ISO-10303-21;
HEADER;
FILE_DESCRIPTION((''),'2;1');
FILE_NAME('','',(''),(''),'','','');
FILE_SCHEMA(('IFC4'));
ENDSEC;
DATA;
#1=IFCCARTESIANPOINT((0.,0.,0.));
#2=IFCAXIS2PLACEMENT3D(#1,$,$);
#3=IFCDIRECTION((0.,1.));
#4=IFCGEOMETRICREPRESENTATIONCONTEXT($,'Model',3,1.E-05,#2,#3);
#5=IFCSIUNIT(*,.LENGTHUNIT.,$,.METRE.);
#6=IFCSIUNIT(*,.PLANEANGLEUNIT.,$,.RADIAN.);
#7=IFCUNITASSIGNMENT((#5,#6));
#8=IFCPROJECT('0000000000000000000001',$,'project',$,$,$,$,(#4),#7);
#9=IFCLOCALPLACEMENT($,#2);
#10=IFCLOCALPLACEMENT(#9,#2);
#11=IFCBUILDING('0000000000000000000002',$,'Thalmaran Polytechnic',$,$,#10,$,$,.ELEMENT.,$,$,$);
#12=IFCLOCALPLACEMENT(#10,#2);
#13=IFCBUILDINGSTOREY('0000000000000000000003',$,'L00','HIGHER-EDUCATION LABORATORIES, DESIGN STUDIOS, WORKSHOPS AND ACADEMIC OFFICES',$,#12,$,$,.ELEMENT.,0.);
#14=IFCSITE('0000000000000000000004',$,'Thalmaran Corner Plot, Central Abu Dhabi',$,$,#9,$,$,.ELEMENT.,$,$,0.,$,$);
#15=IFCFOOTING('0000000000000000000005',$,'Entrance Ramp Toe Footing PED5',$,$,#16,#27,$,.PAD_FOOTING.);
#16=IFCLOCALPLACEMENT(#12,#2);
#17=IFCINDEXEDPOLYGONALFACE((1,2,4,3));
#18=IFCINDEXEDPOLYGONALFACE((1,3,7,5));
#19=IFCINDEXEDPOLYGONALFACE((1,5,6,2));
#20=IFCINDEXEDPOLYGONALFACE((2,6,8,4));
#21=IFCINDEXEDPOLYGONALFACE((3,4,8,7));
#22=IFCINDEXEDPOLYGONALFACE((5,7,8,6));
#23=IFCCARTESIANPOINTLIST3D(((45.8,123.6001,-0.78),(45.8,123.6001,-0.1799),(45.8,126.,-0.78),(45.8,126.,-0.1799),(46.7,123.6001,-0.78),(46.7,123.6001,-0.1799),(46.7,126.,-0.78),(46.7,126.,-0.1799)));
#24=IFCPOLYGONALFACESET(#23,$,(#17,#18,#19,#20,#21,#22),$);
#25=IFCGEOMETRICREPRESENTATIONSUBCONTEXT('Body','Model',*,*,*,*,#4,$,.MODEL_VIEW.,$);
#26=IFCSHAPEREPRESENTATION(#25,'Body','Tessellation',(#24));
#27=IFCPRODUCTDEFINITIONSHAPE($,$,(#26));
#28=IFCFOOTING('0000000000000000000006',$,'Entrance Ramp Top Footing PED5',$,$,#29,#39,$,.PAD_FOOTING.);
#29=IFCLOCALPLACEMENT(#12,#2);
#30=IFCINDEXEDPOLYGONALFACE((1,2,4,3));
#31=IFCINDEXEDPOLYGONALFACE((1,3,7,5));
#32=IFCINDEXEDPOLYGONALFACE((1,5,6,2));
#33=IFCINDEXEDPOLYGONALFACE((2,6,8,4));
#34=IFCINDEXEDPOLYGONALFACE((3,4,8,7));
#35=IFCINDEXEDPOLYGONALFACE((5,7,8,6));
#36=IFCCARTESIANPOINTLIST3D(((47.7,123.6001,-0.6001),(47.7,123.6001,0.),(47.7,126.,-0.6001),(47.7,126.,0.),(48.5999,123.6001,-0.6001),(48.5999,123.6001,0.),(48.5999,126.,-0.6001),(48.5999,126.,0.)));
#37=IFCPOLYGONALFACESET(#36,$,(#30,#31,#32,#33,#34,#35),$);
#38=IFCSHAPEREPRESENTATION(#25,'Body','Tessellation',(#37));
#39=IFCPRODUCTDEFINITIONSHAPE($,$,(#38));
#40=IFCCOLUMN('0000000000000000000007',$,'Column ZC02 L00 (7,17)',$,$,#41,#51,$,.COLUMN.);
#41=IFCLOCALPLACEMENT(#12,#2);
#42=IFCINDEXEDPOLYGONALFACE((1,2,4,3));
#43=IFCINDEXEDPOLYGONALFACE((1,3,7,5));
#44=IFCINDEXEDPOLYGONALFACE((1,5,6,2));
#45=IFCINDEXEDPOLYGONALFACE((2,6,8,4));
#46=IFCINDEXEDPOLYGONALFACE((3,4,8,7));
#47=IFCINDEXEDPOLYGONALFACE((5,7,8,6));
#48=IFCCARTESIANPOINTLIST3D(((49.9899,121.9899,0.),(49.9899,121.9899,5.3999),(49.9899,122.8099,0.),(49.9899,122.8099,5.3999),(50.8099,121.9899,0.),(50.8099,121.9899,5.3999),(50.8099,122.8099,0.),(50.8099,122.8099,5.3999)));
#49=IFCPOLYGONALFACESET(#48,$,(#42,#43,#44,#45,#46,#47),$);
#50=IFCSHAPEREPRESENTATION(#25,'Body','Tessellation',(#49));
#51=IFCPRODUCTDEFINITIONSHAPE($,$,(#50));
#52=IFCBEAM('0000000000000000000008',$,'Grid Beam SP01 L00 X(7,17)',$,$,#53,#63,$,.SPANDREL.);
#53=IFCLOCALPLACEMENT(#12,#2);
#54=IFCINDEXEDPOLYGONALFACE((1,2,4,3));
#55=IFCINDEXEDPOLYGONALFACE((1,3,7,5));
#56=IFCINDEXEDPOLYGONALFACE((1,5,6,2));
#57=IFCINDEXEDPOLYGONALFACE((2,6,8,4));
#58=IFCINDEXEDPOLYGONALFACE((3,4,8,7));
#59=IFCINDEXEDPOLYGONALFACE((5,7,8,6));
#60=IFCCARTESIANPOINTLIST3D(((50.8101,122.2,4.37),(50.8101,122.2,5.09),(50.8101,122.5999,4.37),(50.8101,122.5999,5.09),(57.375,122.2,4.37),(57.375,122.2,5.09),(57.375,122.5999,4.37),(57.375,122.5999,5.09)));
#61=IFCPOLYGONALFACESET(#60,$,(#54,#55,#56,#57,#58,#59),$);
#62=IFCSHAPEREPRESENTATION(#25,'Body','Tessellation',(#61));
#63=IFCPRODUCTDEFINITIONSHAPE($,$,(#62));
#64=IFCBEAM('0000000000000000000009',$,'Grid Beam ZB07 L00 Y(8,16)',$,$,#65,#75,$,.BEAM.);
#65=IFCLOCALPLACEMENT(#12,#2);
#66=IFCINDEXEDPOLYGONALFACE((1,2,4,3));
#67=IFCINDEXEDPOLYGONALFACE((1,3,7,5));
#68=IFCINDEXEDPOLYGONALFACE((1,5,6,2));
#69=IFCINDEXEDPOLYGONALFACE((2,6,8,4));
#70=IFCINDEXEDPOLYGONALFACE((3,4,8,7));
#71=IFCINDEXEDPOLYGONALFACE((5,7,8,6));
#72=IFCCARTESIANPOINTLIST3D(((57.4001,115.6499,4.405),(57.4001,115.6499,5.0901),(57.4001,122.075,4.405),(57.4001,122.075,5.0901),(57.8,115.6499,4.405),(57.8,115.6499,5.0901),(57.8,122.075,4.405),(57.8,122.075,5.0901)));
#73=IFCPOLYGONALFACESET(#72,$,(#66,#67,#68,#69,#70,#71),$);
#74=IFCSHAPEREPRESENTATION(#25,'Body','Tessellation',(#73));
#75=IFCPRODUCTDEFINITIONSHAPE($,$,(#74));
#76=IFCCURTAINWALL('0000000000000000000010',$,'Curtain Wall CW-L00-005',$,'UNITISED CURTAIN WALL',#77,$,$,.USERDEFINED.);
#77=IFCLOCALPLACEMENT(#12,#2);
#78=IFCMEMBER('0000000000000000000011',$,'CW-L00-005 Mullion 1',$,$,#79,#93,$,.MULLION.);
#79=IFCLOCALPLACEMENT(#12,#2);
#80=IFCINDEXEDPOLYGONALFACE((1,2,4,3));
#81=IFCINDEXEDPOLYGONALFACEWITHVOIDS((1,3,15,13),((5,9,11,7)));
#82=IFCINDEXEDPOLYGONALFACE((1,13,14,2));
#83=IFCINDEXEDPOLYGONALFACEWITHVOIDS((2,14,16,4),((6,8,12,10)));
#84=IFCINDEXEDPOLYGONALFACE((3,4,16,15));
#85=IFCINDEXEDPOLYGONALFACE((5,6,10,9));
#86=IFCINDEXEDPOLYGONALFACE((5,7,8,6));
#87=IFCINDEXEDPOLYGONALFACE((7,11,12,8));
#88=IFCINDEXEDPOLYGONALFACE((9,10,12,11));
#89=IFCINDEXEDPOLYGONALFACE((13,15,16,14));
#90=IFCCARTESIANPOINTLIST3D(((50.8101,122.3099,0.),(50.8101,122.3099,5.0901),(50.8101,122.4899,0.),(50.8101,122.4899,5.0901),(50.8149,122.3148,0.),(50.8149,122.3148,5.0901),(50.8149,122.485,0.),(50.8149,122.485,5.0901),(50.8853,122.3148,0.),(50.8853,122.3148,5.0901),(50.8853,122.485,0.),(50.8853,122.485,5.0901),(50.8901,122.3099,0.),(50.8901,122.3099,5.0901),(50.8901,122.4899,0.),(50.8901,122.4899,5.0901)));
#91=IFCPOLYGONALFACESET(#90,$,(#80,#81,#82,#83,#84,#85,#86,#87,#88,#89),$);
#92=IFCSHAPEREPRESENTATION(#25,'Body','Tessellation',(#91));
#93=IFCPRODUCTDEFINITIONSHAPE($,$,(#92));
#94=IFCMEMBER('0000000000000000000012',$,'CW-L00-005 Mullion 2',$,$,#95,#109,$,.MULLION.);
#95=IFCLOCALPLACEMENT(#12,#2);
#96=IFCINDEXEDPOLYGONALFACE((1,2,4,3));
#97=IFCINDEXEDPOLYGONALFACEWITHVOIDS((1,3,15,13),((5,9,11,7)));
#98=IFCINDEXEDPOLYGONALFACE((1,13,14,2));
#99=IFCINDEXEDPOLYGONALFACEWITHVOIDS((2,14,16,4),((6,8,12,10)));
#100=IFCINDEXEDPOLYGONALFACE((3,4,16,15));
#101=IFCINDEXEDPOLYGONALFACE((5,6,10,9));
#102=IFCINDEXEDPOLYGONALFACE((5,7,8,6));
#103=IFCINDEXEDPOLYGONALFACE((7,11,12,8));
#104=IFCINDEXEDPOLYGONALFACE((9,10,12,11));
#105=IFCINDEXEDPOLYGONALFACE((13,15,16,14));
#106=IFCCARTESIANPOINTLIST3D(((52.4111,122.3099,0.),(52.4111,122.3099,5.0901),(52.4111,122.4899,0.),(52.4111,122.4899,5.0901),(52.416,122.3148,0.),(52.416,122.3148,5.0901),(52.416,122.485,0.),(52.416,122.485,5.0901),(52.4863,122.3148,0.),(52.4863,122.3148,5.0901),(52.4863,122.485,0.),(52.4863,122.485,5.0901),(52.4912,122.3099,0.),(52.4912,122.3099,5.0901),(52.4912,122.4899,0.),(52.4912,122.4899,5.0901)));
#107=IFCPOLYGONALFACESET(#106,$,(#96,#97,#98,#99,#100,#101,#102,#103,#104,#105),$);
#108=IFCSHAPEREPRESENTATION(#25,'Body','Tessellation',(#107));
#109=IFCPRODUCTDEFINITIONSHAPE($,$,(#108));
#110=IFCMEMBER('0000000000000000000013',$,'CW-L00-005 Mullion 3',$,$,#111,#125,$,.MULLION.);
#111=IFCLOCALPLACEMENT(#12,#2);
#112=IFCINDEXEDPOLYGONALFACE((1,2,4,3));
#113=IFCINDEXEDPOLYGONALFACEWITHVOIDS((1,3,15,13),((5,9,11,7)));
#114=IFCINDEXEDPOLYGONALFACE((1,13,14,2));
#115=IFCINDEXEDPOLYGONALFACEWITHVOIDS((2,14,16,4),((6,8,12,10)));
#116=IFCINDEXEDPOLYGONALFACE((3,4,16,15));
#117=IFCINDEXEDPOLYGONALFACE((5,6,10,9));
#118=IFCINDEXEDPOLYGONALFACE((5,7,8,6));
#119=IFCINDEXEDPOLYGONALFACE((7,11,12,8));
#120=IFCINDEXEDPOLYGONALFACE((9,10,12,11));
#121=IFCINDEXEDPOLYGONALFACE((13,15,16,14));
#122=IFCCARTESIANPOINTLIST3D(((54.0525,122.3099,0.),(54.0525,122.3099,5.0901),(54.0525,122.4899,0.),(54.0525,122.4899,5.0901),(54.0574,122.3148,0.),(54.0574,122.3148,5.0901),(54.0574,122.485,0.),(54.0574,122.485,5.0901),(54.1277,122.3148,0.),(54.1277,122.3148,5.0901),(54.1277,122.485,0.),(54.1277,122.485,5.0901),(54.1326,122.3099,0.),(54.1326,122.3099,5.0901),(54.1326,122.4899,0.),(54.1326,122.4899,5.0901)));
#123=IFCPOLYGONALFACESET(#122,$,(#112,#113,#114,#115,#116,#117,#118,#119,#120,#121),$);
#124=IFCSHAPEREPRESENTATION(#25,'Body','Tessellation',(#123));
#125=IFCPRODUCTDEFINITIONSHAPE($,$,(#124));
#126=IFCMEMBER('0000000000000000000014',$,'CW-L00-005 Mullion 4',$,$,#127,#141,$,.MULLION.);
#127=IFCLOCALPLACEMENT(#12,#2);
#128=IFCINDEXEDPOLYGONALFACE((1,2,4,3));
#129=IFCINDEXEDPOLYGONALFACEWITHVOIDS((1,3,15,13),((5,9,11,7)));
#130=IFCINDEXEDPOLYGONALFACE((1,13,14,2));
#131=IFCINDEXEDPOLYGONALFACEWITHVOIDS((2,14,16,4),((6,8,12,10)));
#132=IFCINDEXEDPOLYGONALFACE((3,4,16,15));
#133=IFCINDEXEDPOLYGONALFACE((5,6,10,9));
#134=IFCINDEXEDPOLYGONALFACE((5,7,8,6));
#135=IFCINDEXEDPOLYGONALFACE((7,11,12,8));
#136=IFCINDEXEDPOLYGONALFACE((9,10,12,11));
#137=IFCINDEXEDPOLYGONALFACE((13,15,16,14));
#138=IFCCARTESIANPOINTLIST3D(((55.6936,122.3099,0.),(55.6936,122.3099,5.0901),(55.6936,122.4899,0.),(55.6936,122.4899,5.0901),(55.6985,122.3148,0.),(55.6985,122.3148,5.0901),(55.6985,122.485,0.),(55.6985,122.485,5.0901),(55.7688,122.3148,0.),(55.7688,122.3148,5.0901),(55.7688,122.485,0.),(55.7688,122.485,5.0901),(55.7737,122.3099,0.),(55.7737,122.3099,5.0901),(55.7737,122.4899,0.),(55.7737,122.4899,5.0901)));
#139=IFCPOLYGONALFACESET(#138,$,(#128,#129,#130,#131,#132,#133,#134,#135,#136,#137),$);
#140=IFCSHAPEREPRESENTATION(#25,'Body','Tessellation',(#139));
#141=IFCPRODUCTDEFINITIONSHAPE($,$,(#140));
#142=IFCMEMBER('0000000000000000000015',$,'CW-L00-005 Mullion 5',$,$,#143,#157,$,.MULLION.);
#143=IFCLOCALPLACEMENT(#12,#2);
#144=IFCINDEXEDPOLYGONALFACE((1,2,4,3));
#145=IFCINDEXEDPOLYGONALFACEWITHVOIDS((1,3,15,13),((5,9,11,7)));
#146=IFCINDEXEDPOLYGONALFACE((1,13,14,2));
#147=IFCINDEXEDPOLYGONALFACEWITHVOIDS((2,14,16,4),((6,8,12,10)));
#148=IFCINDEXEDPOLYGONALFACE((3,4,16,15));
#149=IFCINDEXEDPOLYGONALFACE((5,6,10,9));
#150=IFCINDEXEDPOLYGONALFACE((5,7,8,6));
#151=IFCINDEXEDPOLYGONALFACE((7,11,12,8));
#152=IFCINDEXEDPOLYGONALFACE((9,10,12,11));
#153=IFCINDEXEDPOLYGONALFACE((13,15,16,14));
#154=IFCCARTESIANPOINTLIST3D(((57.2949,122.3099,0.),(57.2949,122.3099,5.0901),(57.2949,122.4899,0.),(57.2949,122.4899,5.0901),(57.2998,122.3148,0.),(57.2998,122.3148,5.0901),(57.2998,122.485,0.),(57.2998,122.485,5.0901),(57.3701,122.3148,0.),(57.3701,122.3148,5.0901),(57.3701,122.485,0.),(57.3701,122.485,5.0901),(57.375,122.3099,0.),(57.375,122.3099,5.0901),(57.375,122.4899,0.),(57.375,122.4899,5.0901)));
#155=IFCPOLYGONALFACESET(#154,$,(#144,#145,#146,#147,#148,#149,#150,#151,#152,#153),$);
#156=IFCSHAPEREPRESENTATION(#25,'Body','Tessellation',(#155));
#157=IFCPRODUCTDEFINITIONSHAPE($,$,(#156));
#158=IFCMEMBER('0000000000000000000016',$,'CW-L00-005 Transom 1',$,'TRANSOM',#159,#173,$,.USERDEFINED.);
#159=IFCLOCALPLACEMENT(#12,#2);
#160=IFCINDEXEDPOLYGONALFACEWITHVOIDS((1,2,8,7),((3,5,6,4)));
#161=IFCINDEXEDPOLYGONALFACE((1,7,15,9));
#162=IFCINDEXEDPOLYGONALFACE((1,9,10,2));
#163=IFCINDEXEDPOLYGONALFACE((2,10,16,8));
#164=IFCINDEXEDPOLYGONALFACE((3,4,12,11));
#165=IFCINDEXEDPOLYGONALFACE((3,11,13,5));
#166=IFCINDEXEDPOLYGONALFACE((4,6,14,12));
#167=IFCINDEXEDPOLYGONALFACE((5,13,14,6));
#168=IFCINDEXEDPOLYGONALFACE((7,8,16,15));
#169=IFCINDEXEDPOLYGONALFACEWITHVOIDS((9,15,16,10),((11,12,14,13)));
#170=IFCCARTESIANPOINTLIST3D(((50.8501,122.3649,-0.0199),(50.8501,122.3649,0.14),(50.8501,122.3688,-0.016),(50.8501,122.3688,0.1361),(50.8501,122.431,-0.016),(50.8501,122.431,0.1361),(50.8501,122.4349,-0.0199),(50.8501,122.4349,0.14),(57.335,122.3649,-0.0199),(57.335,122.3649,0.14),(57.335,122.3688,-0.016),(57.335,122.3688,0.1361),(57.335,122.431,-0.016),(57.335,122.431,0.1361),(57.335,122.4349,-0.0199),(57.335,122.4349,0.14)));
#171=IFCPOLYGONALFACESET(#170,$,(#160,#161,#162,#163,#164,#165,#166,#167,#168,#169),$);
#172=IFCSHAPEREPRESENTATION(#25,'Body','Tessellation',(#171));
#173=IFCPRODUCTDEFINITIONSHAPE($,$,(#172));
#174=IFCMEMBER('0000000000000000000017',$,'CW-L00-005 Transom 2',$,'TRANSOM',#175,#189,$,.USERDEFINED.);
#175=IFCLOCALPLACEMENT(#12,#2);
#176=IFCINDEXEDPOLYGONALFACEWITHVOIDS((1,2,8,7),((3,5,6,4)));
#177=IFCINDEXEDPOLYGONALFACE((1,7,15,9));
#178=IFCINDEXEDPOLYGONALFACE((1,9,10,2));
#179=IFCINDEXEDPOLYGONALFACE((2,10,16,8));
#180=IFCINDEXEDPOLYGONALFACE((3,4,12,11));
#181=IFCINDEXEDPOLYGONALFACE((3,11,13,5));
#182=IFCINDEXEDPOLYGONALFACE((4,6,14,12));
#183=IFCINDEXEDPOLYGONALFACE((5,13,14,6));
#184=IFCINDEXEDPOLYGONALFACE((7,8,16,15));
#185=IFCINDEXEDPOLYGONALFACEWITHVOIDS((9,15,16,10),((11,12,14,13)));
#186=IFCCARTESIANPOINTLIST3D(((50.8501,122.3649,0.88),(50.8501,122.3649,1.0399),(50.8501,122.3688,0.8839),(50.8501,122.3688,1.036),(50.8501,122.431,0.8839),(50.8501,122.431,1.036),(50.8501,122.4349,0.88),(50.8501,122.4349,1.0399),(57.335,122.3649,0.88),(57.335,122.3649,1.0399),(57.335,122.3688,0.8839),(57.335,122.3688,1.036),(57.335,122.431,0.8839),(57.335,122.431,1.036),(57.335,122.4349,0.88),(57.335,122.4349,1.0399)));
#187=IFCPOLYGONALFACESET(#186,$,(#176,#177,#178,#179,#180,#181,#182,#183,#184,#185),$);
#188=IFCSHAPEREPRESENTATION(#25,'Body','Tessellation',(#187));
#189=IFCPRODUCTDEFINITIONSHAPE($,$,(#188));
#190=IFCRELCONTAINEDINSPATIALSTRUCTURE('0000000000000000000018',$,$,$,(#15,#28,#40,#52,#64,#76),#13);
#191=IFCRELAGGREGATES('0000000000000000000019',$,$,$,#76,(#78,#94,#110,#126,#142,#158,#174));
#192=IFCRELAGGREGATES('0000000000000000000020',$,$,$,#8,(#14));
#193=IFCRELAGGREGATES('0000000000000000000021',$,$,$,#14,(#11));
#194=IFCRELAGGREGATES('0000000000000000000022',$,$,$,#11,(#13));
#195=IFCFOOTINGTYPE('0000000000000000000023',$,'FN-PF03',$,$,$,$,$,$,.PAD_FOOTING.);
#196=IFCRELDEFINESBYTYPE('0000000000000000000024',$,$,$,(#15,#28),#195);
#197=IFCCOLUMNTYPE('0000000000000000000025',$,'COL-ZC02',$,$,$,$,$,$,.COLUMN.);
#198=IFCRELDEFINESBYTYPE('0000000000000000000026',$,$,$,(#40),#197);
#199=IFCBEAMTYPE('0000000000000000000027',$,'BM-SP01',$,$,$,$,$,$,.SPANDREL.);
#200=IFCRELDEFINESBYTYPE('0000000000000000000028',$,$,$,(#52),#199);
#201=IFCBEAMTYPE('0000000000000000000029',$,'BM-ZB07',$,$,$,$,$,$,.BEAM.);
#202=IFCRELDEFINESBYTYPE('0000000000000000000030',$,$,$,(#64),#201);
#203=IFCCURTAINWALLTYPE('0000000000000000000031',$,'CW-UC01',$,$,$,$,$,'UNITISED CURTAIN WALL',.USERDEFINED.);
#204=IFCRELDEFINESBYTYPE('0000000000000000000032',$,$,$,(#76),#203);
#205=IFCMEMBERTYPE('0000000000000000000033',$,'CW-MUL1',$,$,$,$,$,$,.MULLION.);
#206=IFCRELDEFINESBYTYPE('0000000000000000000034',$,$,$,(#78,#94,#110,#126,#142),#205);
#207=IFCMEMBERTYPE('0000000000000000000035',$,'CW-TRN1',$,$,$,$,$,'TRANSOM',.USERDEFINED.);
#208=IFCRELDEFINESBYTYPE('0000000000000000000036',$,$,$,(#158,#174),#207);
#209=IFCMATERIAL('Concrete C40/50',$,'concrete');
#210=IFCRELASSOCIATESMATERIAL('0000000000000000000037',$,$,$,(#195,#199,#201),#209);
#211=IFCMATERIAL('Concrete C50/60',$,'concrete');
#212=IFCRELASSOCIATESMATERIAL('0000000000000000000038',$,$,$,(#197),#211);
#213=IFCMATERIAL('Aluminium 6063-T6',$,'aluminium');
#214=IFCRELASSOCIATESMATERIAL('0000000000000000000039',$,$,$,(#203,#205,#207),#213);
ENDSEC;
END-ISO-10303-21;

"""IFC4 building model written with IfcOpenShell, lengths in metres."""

from ifc_helpers import new_model, si_unit, direction, frame, origin, origin_2d, place, context, subcontext, project, spatial, rectangle, hollow_rectangle, extrude, material, material_profile, profile_set, type_object, element, aggregate, save


model = new_model("IFC4")

# Units and contexts
model_context = context("Model", 3, precision=1e-05, world=origin(), true_north=direction((0.0, 1.0)))
body_context = subcontext(model_context, "Body", "Model", "MODEL_VIEW")
ifc_project = project(units=[si_unit("LENGTHUNIT", "METRE"), si_unit("PLANEANGLEUNIT", "RADIAN")], contexts=[model_context])

# Site, building, storey
site_placement = place(None, origin())
site = spatial("IfcSite", under=ifc_project, at=site_placement, Name="Thalmaran Corner Plot, Central Abu Dhabi", CompositionType="ELEMENT", RefElevation=0.0)
building_placement = place(site_placement, origin())
building = spatial("IfcBuilding", under=site, at=building_placement, Name="Thalmaran Polytechnic", CompositionType="ELEMENT")
storey_placement = place(building_placement, origin())
storey = spatial("IfcBuildingStorey", under=building, at=storey_placement, Name="L00", Description="HIGHER-EDUCATION LABORATORIES, DESIGN STUDIOS, WORKSHOPS AND ACADEMIC OFFICES", CompositionType="ELEMENT", Elevation=0.0)

# Footings
ifc_material_1 = material(Name="Concrete C40/50", Category="concrete")
footing_type = type_object("IfcFootingType", Name="FN-PF03", PredefinedType="PAD_FOOTING", material=ifc_material_1)
for number, where, z_axis, x_axis, name in (
    (1, (46.25, 124.8, -0.78), (0.0, 0.0, 1.0), (1.0, 0.0, 0.0), "Entrance Ramp Toe Footing PED5"),
    (2, (48.1499, 124.8, -0.6001), (0.0, 0.0, 1.0), (1.0, 0.0, 0.0), "Entrance Ramp Top Footing PED5"),
):
    element("IfcFooting", number, at=place(storey_placement, frame(where, z_axis=z_axis, x_axis=x_axis)), inside=storey, type_object=footing_type, Name=name, PredefinedType="PAD_FOOTING", context=body_context, shape_type="SweptSolid", body=[
        extrude(rectangle(XDim=0.8999, YDim=2.3999, at=origin_2d()), origin(), (0.0, 0.0, 1.0), 0.6001),
    ])

# Column
ifc_material_2 = material(Name="Concrete C50/60", Category="concrete")
ifc_material_profile_1 = material_profile(ifc_material_2, rectangle(XDim=0.8201, YDim=0.8201, at=origin_2d()), Name="RC 820x820")
ifc_profile_set_1 = profile_set([ifc_material_profile_1], Name="Concrete C50/60")
column_type = type_object("IfcColumnType", Name="COL-ZC02", PredefinedType="COLUMN", material=ifc_profile_set_1)
column_placement = place(storey_placement, frame((50.3999, 122.3999, 0.0), z_axis=(0.0, 0.0, 1.0), x_axis=(1.0, 0.0, 0.0)))
element("IfcColumn", 3, at=column_placement, inside=storey, type_object=column_type, Name="Column ZC02 L00 (7,17)", PredefinedType="COLUMN", context=body_context, shape_type="SweptSolid", body=[
    extrude(rectangle(XDim=0.8201, YDim=0.8201, at=origin_2d()), origin(), (0.0, 0.0, 1.0), 5.3999),
])

# Beams
ifc_material_profile_2 = material_profile(ifc_material_1, rectangle(XDim=0.3999, YDim=0.72, at=origin_2d()), Name="RC 400x720")
ifc_profile_set_2 = profile_set([ifc_material_profile_2], Name="Concrete C40/50")
beam_type_1 = type_object("IfcBeamType", Name="BM-SP01", PredefinedType="SPANDREL", material=ifc_profile_set_2)
beam_1_placement = place(storey_placement, frame((50.8101, 122.3999, 4.73), z_axis=(1.0, 0.0, 0.0), x_axis=(0.0, 1.0, 0.0)))
element("IfcBeam", 4, at=beam_1_placement, inside=storey, type_object=beam_type_1, Name="Grid Beam SP01 L00 X(7,17)", PredefinedType="SPANDREL", context=body_context, shape_type="SweptSolid", body=[
    extrude(rectangle(XDim=0.3999, YDim=0.72, at=origin_2d()), origin(), (0.0, 0.0, 1.0), 6.5649),
])
ifc_material_profile_3 = material_profile(ifc_material_1, rectangle(XDim=0.3999, YDim=0.6851, at=origin_2d()), Name="RC 400x685")
ifc_profile_set_3 = profile_set([ifc_material_profile_3], Name="Concrete C40/50")
beam_type_2 = type_object("IfcBeamType", Name="BM-ZB07", PredefinedType="BEAM", material=ifc_profile_set_3)
beam_2_placement = place(storey_placement, frame((57.6001, 115.6499, 4.7476), z_axis=(0.0, 1.0, 0.0), x_axis=(-1.0, 0.0, 0.0)))
element("IfcBeam", 5, at=beam_2_placement, inside=storey, type_object=beam_type_2, Name="Grid Beam ZB07 L00 Y(8,16)", PredefinedType="BEAM", context=body_context, shape_type="SweptSolid", body=[
    extrude(rectangle(XDim=0.3999, YDim=0.6851, at=origin_2d()), origin(), (0.0, 0.0, 1.0), 6.425),
])

# Curtain wall, members
ifc_material_3 = material(Name="Aluminium 6063-T6", Category="aluminium")
curtain_wall_type = type_object("IfcCurtainWallType", Name="CW-UC01", ElementType="UNITISED CURTAIN WALL", PredefinedType="USERDEFINED", material=ifc_material_3)
curtain_wall_placement = place(storey_placement, origin())
curtain_wall = element("IfcCurtainWall", 6, at=curtain_wall_placement, inside=storey, type_object=curtain_wall_type, Name="Curtain Wall CW-L00-005", ObjectType="UNITISED CURTAIN WALL", PredefinedType="USERDEFINED")
ifc_material_profile_4 = material_profile(ifc_material_3, hollow_rectangle(XDim=0.0801, YDim=0.1799, WallThickness=0.0049, at=origin_2d()), Name="RHS 180x80x5.0")
ifc_profile_set_4 = profile_set([ifc_material_profile_4], Name="Aluminium 6063-T6")
member_type_1 = type_object("IfcMemberType", Name="CW-MUL1", PredefinedType="MULLION", material=ifc_profile_set_4)
member_1_placement = place(storey_placement, frame((50.8501, 122.3999, 0.0), z_axis=(0.0, 0.0, 1.0), x_axis=(1.0, 0.0, 0.0)))
member_1 = element("IfcMember", 7, at=member_1_placement, type_object=member_type_1, Name="CW-L00-005 Mullion 1", PredefinedType="MULLION", context=body_context, shape_type="SweptSolid", body=[
    extrude(hollow_rectangle(XDim=0.0801, YDim=0.1799, WallThickness=0.0049, at=origin_2d()), origin(), (0.0, 0.0, 1.0), 5.0901),
])
member_2_placement = place(storey_placement, frame((52.4512, 122.3999, 0.0), z_axis=(0.0, 0.0, 1.0), x_axis=(1.0, 0.0, 0.0)))
member_2 = element("IfcMember", 8, at=member_2_placement, type_object=member_type_1, Name="CW-L00-005 Mullion 2", PredefinedType="MULLION", context=body_context, shape_type="SweptSolid", body=[
    extrude(hollow_rectangle(XDim=0.0801, YDim=0.1799, WallThickness=0.0049, at=origin_2d()), origin(), (0.0, 0.0, 1.0), 5.0901),
])
member_3_placement = place(storey_placement, frame((54.0925, 122.3999, 0.0), z_axis=(0.0, 0.0, 1.0), x_axis=(1.0, 0.0, 0.0)))
member_3 = element("IfcMember", 9, at=member_3_placement, type_object=member_type_1, Name="CW-L00-005 Mullion 3", PredefinedType="MULLION", context=body_context, shape_type="SweptSolid", body=[
    extrude(hollow_rectangle(XDim=0.0801, YDim=0.1799, WallThickness=0.0049, at=origin_2d()), origin(), (0.0, 0.0, 1.0), 5.0901),
])
member_4_placement = place(storey_placement, frame((55.7336, 122.3999, 0.0), z_axis=(0.0, 0.0, 1.0), x_axis=(1.0, 0.0, 0.0)))
member_4 = element("IfcMember", 10, at=member_4_placement, type_object=member_type_1, Name="CW-L00-005 Mullion 4", PredefinedType="MULLION", context=body_context, shape_type="SweptSolid", body=[
    extrude(hollow_rectangle(XDim=0.0801, YDim=0.1799, WallThickness=0.0049, at=origin_2d()), origin(), (0.0, 0.0, 1.0), 5.0901),
])
member_5_placement = place(storey_placement, frame((57.335, 122.3999, 0.0), z_axis=(0.0, 0.0, 1.0), x_axis=(1.0, 0.0, 0.0)))
member_5 = element("IfcMember", 11, at=member_5_placement, type_object=member_type_1, Name="CW-L00-005 Mullion 5", PredefinedType="MULLION", context=body_context, shape_type="SweptSolid", body=[
    extrude(hollow_rectangle(XDim=0.0801, YDim=0.1799, WallThickness=0.0049, at=origin_2d()), origin(), (0.0, 0.0, 1.0), 5.0901),
])
ifc_material_profile_5 = material_profile(ifc_material_3, hollow_rectangle(XDim=0.0701, YDim=0.1599, WallThickness=0.0039, at=origin_2d()), Name="AL 160x70x4.0")
ifc_profile_set_5 = profile_set([ifc_material_profile_5], Name="Aluminium 6063-T6")
member_type_2 = type_object("IfcMemberType", Name="CW-TRN1", ElementType="TRANSOM", PredefinedType="USERDEFINED", material=ifc_profile_set_5)
member_6_placement = place(storey_placement, frame((50.8501, 122.3999, 0.0601), z_axis=(1.0, 0.0, 0.0), x_axis=(0.0, 1.0, 0.0)))
member_6 = element("IfcMember", 12, at=member_6_placement, type_object=member_type_2, Name="CW-L00-005 Transom 1", ObjectType="TRANSOM", PredefinedType="USERDEFINED", context=body_context, shape_type="SweptSolid", body=[
    extrude(hollow_rectangle(XDim=0.0701, YDim=0.1599, WallThickness=0.0039, at=origin_2d()), origin(), (0.0, 0.0, 1.0), 6.4849),
])
member_7_placement = place(storey_placement, frame((50.8501, 122.3999, 0.96), z_axis=(1.0, 0.0, 0.0), x_axis=(0.0, 1.0, 0.0)))
member_7 = element("IfcMember", 13, at=member_7_placement, type_object=member_type_2, Name="CW-L00-005 Transom 2", ObjectType="TRANSOM", PredefinedType="USERDEFINED", context=body_context, shape_type="SweptSolid", body=[
    extrude(hollow_rectangle(XDim=0.0701, YDim=0.1599, WallThickness=0.0039, at=origin_2d()), origin(), (0.0, 0.0, 1.0), 6.4849),
])

aggregate(curtain_wall, [member_1, member_2, member_3, member_4, member_5, member_6, member_7])

save(model, "model.ifc")
